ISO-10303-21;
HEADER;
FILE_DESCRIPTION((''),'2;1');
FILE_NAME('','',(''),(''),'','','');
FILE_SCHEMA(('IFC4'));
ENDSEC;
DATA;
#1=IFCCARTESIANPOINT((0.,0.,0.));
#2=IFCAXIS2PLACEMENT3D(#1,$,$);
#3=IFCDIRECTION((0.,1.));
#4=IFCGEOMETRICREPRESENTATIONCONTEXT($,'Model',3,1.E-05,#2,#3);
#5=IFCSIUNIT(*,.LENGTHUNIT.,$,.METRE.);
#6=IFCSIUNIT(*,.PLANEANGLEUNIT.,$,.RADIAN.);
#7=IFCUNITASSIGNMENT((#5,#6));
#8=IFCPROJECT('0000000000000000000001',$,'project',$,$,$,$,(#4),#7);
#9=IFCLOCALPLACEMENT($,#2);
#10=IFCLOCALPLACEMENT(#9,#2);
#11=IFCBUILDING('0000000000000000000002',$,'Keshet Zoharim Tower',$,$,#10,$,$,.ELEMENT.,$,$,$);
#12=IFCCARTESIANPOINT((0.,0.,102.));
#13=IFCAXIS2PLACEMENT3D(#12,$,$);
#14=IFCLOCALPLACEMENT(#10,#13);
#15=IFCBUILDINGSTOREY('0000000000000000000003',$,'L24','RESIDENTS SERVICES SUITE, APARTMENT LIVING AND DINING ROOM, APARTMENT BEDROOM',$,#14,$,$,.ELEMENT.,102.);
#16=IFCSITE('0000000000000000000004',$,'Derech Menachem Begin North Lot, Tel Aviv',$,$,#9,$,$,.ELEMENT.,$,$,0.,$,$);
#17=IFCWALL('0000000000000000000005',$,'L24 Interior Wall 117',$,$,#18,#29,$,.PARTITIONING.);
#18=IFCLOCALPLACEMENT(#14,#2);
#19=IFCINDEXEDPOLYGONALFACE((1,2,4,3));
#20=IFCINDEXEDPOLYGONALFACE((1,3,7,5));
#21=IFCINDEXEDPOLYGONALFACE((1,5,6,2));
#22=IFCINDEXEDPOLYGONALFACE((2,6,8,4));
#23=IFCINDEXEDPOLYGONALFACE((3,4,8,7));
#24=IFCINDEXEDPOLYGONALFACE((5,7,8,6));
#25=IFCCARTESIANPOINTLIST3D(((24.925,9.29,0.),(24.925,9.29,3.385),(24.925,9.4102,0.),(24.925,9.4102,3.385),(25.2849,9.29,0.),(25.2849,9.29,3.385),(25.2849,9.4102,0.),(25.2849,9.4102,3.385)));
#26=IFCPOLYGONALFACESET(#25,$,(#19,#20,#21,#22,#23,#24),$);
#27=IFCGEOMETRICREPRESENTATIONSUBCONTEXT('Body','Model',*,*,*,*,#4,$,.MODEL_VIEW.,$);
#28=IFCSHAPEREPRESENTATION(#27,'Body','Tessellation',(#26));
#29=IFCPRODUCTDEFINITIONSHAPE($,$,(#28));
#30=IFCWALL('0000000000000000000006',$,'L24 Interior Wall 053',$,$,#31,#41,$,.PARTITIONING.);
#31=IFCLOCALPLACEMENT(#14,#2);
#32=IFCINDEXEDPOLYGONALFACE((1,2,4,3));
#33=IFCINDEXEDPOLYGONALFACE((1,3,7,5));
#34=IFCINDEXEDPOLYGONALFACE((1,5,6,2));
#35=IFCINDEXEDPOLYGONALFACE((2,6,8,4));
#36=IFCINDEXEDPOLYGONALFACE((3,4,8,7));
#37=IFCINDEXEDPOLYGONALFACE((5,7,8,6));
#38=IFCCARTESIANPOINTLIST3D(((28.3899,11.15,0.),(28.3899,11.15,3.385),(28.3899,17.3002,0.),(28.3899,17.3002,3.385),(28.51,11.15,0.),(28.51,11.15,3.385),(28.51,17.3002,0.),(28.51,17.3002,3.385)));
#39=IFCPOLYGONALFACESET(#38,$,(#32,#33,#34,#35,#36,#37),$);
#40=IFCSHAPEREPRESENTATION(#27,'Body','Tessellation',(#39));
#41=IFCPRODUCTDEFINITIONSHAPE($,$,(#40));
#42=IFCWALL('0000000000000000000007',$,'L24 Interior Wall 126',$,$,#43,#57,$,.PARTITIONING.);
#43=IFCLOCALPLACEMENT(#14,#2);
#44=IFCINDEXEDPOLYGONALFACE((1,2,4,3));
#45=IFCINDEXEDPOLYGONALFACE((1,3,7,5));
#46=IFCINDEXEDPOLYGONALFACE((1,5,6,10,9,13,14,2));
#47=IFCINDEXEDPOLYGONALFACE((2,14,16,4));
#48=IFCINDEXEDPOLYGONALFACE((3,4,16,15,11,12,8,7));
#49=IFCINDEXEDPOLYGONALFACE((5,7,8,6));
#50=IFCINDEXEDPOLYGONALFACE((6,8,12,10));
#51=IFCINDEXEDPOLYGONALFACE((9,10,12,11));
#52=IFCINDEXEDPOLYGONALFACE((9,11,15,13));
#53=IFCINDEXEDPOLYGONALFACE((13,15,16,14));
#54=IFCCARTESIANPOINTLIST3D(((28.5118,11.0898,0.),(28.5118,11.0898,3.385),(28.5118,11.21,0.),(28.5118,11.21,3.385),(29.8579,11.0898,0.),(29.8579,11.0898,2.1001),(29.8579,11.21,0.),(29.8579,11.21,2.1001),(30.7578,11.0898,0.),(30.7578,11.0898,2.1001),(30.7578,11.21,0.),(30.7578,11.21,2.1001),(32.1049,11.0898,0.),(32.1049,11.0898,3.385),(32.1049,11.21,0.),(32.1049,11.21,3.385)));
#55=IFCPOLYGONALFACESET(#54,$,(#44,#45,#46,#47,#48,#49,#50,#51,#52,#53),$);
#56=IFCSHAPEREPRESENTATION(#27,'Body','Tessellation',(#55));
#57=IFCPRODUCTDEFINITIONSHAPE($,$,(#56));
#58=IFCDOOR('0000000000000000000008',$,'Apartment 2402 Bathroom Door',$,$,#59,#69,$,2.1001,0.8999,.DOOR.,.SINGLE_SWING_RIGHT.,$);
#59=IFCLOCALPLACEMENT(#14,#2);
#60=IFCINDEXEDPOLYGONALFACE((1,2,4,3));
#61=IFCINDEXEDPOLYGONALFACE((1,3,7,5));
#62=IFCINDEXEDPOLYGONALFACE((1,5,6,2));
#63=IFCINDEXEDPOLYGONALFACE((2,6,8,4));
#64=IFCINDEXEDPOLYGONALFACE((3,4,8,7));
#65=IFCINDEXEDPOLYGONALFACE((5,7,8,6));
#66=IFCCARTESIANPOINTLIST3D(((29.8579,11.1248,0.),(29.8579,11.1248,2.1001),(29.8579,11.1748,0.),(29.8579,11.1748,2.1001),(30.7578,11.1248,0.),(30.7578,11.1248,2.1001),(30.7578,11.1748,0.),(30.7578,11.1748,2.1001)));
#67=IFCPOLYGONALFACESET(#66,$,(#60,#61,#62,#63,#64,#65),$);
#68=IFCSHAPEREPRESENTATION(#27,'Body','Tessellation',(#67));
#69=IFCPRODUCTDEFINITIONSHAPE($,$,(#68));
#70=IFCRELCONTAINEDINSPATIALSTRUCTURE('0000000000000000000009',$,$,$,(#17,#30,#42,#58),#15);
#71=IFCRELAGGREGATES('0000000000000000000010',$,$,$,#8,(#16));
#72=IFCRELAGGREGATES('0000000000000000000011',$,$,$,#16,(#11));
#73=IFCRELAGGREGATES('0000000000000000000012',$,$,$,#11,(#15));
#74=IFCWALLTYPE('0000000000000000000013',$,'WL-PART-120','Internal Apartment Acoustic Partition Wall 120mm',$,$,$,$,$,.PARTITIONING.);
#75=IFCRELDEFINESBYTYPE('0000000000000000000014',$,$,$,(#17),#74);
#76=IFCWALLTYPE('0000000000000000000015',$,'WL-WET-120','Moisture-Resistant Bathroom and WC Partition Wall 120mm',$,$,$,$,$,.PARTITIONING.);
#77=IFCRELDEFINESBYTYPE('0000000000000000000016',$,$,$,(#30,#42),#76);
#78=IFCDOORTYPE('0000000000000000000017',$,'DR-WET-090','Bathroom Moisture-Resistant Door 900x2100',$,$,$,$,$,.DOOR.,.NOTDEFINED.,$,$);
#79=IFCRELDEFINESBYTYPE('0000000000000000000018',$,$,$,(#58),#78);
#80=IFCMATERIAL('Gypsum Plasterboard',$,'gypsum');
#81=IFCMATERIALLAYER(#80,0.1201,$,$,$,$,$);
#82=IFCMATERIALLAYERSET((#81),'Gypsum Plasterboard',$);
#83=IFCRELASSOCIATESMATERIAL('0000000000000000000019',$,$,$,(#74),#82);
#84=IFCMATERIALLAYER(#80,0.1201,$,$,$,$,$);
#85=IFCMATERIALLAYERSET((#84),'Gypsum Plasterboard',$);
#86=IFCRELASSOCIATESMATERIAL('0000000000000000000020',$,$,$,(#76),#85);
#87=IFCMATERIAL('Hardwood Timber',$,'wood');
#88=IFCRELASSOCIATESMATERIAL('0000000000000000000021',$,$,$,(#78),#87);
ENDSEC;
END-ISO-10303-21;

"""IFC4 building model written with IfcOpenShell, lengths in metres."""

from ifc_helpers import new_model, si_unit, direction, frame, frame_2d, origin, place, context, subcontext, project, spatial, rectangle, extrude, material, layer, layer_set, type_object, element, fill, save


model = new_model("IFC4")

# Units and contexts
model_context = context("Model", 3, precision=1e-05, world=origin(), true_north=direction((0.0, 1.0)))
body_context = subcontext(model_context, "Body", "Model", "MODEL_VIEW")
ifc_project = project(units=[si_unit("LENGTHUNIT", "METRE"), si_unit("PLANEANGLEUNIT", "RADIAN")], contexts=[model_context])

# Site, building, storey
site_placement = place(None, origin())
site = spatial("IfcSite", under=ifc_project, at=site_placement, Name="Derech Menachem Begin North Lot, Tel Aviv", CompositionType="ELEMENT", RefElevation=0.0)
building_placement = place(site_placement, origin())
building = spatial("IfcBuilding", under=site, at=building_placement, Name="Keshet Zoharim Tower", CompositionType="ELEMENT")
storey_placement = place(building_placement, frame((0.0, 0.0, 102.0)))
storey = spatial("IfcBuildingStorey", under=building, at=storey_placement, Name="L24", Description="RESIDENTS SERVICES SUITE, APARTMENT LIVING AND DINING ROOM, APARTMENT BEDROOM", CompositionType="ELEMENT", Elevation=102.0)

# Shared definitions
ifc_material_1 = material(Name="Gypsum Plasterboard", Category="gypsum")

# Shared definitions
ifc_material_2 = material(Name="Hardwood Timber", Category="wood")

# Wall
ifc_layer_1 = layer(ifc_material_1, 0.1201)
ifc_layer_set_1 = layer_set([ifc_layer_1], Name="Gypsum Plasterboard")
wall_type_1 = type_object("IfcWallType", Name="WL-PART-120", Description="Internal Apartment Acoustic Partition Wall 120mm", PredefinedType="PARTITIONING", material=ifc_layer_set_1)
wall_1_placement = place(storey_placement, frame((24.925, 9.3501, 0.0), z_axis=(0.0, 0.0, 1.0), x_axis=(1.0, 0.0, 0.0)))
element("IfcWall", 1, at=wall_1_placement, inside=storey, type_object=wall_type_1, Name="L24 Interior Wall 117", PredefinedType="PARTITIONING", context=body_context, shape_type="SweptSolid", body=[
    extrude(rectangle(XDim=0.3599, YDim=0.1201, at=frame_2d((0.1799, 0.0))), origin(), (0.0, 0.0, 1.0), 3.385),
])

# Wall
ifc_layer_2 = layer(ifc_material_1, 0.1201)
ifc_layer_set_2 = layer_set([ifc_layer_2], Name="Gypsum Plasterboard")
wall_type_2 = type_object("IfcWallType", Name="WL-WET-120", Description="Moisture-Resistant Bathroom and WC Partition Wall 120mm", PredefinedType="PARTITIONING", material=ifc_layer_set_2)
wall_2_placement = place(storey_placement, frame((28.45, 11.1499, 0.0), z_axis=(0.0, 0.0, 1.0), x_axis=(0.0, 1.0, 0.0)))
element("IfcWall", 2, at=wall_2_placement, inside=storey, type_object=wall_type_2, Name="L24 Interior Wall 053", PredefinedType="PARTITIONING", context=body_context, shape_type="SweptSolid", body=[
    extrude(rectangle(XDim=6.1501, YDim=0.1201, at=frame_2d((3.0752, 0.0))), origin(), (0.0, 0.0, 1.0), 3.385),
])

# Wall, opening, door
wall_3_placement = place(storey_placement, frame((28.512, 11.1499, 0.0), z_axis=(0.0, 0.0, 1.0), x_axis=(1.0, 0.0, 0.0)))
wall_3 = element("IfcWall", 3, at=wall_3_placement, inside=storey, type_object=wall_type_2, Name="L24 Interior Wall 126", PredefinedType="PARTITIONING", context=body_context, shape_type="SweptSolid", body=[
    extrude(rectangle(XDim=3.593, YDim=0.1201, at=frame_2d((1.7964, 0.0))), origin(), (0.0, 0.0, 1.0), 3.385),
])
opening_1_placement = place(wall_3_placement, frame((1.3459, 0.0, 0.0)))
opening_1 = element("IfcOpeningElement", 4, at=opening_1_placement, cuts=wall_3, PredefinedType="OPENING", context=body_context, shape_type="SweptSolid", body=[
    extrude(rectangle(XDim=0.8999, YDim=2.1001, at=frame_2d((0.45, 1.05))), frame((0.0, 0.0701, 0.0), z_axis=(0.0, -1.0, 0.0), x_axis=(1.0, 0.0, 0.0)), (0.0, 0.0, 1.0), 0.1401),
])
door_type_1 = type_object("IfcDoorType", Name="DR-WET-090", Description="Bathroom Moisture-Resistant Door 900x2100", OperationType="NOTDEFINED", PredefinedType="DOOR", material=ifc_material_2)
door_1_placement = place(opening_1_placement, origin())
door_1 = element("IfcDoor", 5, at=door_1_placement, inside=storey, type_object=door_type_1, Name="Apartment 2402 Bathroom Door", OperationType="SINGLE_SWING_RIGHT", OverallHeight=2.1001, OverallWidth=0.8999, PredefinedType="DOOR", context=body_context, shape_type="SweptSolid", body=[
    extrude(rectangle(XDim=0.8999, YDim=2.1001, at=frame_2d((0.45, 1.05))), frame((0.0, 0.0249, 0.0), z_axis=(0.0, -1.0, 0.0), x_axis=(1.0, 0.0, 0.0)), (0.0, 0.0, 1.0), 0.05),
])
fill(opening_1, door_1)

save(model, "model.ifc")
